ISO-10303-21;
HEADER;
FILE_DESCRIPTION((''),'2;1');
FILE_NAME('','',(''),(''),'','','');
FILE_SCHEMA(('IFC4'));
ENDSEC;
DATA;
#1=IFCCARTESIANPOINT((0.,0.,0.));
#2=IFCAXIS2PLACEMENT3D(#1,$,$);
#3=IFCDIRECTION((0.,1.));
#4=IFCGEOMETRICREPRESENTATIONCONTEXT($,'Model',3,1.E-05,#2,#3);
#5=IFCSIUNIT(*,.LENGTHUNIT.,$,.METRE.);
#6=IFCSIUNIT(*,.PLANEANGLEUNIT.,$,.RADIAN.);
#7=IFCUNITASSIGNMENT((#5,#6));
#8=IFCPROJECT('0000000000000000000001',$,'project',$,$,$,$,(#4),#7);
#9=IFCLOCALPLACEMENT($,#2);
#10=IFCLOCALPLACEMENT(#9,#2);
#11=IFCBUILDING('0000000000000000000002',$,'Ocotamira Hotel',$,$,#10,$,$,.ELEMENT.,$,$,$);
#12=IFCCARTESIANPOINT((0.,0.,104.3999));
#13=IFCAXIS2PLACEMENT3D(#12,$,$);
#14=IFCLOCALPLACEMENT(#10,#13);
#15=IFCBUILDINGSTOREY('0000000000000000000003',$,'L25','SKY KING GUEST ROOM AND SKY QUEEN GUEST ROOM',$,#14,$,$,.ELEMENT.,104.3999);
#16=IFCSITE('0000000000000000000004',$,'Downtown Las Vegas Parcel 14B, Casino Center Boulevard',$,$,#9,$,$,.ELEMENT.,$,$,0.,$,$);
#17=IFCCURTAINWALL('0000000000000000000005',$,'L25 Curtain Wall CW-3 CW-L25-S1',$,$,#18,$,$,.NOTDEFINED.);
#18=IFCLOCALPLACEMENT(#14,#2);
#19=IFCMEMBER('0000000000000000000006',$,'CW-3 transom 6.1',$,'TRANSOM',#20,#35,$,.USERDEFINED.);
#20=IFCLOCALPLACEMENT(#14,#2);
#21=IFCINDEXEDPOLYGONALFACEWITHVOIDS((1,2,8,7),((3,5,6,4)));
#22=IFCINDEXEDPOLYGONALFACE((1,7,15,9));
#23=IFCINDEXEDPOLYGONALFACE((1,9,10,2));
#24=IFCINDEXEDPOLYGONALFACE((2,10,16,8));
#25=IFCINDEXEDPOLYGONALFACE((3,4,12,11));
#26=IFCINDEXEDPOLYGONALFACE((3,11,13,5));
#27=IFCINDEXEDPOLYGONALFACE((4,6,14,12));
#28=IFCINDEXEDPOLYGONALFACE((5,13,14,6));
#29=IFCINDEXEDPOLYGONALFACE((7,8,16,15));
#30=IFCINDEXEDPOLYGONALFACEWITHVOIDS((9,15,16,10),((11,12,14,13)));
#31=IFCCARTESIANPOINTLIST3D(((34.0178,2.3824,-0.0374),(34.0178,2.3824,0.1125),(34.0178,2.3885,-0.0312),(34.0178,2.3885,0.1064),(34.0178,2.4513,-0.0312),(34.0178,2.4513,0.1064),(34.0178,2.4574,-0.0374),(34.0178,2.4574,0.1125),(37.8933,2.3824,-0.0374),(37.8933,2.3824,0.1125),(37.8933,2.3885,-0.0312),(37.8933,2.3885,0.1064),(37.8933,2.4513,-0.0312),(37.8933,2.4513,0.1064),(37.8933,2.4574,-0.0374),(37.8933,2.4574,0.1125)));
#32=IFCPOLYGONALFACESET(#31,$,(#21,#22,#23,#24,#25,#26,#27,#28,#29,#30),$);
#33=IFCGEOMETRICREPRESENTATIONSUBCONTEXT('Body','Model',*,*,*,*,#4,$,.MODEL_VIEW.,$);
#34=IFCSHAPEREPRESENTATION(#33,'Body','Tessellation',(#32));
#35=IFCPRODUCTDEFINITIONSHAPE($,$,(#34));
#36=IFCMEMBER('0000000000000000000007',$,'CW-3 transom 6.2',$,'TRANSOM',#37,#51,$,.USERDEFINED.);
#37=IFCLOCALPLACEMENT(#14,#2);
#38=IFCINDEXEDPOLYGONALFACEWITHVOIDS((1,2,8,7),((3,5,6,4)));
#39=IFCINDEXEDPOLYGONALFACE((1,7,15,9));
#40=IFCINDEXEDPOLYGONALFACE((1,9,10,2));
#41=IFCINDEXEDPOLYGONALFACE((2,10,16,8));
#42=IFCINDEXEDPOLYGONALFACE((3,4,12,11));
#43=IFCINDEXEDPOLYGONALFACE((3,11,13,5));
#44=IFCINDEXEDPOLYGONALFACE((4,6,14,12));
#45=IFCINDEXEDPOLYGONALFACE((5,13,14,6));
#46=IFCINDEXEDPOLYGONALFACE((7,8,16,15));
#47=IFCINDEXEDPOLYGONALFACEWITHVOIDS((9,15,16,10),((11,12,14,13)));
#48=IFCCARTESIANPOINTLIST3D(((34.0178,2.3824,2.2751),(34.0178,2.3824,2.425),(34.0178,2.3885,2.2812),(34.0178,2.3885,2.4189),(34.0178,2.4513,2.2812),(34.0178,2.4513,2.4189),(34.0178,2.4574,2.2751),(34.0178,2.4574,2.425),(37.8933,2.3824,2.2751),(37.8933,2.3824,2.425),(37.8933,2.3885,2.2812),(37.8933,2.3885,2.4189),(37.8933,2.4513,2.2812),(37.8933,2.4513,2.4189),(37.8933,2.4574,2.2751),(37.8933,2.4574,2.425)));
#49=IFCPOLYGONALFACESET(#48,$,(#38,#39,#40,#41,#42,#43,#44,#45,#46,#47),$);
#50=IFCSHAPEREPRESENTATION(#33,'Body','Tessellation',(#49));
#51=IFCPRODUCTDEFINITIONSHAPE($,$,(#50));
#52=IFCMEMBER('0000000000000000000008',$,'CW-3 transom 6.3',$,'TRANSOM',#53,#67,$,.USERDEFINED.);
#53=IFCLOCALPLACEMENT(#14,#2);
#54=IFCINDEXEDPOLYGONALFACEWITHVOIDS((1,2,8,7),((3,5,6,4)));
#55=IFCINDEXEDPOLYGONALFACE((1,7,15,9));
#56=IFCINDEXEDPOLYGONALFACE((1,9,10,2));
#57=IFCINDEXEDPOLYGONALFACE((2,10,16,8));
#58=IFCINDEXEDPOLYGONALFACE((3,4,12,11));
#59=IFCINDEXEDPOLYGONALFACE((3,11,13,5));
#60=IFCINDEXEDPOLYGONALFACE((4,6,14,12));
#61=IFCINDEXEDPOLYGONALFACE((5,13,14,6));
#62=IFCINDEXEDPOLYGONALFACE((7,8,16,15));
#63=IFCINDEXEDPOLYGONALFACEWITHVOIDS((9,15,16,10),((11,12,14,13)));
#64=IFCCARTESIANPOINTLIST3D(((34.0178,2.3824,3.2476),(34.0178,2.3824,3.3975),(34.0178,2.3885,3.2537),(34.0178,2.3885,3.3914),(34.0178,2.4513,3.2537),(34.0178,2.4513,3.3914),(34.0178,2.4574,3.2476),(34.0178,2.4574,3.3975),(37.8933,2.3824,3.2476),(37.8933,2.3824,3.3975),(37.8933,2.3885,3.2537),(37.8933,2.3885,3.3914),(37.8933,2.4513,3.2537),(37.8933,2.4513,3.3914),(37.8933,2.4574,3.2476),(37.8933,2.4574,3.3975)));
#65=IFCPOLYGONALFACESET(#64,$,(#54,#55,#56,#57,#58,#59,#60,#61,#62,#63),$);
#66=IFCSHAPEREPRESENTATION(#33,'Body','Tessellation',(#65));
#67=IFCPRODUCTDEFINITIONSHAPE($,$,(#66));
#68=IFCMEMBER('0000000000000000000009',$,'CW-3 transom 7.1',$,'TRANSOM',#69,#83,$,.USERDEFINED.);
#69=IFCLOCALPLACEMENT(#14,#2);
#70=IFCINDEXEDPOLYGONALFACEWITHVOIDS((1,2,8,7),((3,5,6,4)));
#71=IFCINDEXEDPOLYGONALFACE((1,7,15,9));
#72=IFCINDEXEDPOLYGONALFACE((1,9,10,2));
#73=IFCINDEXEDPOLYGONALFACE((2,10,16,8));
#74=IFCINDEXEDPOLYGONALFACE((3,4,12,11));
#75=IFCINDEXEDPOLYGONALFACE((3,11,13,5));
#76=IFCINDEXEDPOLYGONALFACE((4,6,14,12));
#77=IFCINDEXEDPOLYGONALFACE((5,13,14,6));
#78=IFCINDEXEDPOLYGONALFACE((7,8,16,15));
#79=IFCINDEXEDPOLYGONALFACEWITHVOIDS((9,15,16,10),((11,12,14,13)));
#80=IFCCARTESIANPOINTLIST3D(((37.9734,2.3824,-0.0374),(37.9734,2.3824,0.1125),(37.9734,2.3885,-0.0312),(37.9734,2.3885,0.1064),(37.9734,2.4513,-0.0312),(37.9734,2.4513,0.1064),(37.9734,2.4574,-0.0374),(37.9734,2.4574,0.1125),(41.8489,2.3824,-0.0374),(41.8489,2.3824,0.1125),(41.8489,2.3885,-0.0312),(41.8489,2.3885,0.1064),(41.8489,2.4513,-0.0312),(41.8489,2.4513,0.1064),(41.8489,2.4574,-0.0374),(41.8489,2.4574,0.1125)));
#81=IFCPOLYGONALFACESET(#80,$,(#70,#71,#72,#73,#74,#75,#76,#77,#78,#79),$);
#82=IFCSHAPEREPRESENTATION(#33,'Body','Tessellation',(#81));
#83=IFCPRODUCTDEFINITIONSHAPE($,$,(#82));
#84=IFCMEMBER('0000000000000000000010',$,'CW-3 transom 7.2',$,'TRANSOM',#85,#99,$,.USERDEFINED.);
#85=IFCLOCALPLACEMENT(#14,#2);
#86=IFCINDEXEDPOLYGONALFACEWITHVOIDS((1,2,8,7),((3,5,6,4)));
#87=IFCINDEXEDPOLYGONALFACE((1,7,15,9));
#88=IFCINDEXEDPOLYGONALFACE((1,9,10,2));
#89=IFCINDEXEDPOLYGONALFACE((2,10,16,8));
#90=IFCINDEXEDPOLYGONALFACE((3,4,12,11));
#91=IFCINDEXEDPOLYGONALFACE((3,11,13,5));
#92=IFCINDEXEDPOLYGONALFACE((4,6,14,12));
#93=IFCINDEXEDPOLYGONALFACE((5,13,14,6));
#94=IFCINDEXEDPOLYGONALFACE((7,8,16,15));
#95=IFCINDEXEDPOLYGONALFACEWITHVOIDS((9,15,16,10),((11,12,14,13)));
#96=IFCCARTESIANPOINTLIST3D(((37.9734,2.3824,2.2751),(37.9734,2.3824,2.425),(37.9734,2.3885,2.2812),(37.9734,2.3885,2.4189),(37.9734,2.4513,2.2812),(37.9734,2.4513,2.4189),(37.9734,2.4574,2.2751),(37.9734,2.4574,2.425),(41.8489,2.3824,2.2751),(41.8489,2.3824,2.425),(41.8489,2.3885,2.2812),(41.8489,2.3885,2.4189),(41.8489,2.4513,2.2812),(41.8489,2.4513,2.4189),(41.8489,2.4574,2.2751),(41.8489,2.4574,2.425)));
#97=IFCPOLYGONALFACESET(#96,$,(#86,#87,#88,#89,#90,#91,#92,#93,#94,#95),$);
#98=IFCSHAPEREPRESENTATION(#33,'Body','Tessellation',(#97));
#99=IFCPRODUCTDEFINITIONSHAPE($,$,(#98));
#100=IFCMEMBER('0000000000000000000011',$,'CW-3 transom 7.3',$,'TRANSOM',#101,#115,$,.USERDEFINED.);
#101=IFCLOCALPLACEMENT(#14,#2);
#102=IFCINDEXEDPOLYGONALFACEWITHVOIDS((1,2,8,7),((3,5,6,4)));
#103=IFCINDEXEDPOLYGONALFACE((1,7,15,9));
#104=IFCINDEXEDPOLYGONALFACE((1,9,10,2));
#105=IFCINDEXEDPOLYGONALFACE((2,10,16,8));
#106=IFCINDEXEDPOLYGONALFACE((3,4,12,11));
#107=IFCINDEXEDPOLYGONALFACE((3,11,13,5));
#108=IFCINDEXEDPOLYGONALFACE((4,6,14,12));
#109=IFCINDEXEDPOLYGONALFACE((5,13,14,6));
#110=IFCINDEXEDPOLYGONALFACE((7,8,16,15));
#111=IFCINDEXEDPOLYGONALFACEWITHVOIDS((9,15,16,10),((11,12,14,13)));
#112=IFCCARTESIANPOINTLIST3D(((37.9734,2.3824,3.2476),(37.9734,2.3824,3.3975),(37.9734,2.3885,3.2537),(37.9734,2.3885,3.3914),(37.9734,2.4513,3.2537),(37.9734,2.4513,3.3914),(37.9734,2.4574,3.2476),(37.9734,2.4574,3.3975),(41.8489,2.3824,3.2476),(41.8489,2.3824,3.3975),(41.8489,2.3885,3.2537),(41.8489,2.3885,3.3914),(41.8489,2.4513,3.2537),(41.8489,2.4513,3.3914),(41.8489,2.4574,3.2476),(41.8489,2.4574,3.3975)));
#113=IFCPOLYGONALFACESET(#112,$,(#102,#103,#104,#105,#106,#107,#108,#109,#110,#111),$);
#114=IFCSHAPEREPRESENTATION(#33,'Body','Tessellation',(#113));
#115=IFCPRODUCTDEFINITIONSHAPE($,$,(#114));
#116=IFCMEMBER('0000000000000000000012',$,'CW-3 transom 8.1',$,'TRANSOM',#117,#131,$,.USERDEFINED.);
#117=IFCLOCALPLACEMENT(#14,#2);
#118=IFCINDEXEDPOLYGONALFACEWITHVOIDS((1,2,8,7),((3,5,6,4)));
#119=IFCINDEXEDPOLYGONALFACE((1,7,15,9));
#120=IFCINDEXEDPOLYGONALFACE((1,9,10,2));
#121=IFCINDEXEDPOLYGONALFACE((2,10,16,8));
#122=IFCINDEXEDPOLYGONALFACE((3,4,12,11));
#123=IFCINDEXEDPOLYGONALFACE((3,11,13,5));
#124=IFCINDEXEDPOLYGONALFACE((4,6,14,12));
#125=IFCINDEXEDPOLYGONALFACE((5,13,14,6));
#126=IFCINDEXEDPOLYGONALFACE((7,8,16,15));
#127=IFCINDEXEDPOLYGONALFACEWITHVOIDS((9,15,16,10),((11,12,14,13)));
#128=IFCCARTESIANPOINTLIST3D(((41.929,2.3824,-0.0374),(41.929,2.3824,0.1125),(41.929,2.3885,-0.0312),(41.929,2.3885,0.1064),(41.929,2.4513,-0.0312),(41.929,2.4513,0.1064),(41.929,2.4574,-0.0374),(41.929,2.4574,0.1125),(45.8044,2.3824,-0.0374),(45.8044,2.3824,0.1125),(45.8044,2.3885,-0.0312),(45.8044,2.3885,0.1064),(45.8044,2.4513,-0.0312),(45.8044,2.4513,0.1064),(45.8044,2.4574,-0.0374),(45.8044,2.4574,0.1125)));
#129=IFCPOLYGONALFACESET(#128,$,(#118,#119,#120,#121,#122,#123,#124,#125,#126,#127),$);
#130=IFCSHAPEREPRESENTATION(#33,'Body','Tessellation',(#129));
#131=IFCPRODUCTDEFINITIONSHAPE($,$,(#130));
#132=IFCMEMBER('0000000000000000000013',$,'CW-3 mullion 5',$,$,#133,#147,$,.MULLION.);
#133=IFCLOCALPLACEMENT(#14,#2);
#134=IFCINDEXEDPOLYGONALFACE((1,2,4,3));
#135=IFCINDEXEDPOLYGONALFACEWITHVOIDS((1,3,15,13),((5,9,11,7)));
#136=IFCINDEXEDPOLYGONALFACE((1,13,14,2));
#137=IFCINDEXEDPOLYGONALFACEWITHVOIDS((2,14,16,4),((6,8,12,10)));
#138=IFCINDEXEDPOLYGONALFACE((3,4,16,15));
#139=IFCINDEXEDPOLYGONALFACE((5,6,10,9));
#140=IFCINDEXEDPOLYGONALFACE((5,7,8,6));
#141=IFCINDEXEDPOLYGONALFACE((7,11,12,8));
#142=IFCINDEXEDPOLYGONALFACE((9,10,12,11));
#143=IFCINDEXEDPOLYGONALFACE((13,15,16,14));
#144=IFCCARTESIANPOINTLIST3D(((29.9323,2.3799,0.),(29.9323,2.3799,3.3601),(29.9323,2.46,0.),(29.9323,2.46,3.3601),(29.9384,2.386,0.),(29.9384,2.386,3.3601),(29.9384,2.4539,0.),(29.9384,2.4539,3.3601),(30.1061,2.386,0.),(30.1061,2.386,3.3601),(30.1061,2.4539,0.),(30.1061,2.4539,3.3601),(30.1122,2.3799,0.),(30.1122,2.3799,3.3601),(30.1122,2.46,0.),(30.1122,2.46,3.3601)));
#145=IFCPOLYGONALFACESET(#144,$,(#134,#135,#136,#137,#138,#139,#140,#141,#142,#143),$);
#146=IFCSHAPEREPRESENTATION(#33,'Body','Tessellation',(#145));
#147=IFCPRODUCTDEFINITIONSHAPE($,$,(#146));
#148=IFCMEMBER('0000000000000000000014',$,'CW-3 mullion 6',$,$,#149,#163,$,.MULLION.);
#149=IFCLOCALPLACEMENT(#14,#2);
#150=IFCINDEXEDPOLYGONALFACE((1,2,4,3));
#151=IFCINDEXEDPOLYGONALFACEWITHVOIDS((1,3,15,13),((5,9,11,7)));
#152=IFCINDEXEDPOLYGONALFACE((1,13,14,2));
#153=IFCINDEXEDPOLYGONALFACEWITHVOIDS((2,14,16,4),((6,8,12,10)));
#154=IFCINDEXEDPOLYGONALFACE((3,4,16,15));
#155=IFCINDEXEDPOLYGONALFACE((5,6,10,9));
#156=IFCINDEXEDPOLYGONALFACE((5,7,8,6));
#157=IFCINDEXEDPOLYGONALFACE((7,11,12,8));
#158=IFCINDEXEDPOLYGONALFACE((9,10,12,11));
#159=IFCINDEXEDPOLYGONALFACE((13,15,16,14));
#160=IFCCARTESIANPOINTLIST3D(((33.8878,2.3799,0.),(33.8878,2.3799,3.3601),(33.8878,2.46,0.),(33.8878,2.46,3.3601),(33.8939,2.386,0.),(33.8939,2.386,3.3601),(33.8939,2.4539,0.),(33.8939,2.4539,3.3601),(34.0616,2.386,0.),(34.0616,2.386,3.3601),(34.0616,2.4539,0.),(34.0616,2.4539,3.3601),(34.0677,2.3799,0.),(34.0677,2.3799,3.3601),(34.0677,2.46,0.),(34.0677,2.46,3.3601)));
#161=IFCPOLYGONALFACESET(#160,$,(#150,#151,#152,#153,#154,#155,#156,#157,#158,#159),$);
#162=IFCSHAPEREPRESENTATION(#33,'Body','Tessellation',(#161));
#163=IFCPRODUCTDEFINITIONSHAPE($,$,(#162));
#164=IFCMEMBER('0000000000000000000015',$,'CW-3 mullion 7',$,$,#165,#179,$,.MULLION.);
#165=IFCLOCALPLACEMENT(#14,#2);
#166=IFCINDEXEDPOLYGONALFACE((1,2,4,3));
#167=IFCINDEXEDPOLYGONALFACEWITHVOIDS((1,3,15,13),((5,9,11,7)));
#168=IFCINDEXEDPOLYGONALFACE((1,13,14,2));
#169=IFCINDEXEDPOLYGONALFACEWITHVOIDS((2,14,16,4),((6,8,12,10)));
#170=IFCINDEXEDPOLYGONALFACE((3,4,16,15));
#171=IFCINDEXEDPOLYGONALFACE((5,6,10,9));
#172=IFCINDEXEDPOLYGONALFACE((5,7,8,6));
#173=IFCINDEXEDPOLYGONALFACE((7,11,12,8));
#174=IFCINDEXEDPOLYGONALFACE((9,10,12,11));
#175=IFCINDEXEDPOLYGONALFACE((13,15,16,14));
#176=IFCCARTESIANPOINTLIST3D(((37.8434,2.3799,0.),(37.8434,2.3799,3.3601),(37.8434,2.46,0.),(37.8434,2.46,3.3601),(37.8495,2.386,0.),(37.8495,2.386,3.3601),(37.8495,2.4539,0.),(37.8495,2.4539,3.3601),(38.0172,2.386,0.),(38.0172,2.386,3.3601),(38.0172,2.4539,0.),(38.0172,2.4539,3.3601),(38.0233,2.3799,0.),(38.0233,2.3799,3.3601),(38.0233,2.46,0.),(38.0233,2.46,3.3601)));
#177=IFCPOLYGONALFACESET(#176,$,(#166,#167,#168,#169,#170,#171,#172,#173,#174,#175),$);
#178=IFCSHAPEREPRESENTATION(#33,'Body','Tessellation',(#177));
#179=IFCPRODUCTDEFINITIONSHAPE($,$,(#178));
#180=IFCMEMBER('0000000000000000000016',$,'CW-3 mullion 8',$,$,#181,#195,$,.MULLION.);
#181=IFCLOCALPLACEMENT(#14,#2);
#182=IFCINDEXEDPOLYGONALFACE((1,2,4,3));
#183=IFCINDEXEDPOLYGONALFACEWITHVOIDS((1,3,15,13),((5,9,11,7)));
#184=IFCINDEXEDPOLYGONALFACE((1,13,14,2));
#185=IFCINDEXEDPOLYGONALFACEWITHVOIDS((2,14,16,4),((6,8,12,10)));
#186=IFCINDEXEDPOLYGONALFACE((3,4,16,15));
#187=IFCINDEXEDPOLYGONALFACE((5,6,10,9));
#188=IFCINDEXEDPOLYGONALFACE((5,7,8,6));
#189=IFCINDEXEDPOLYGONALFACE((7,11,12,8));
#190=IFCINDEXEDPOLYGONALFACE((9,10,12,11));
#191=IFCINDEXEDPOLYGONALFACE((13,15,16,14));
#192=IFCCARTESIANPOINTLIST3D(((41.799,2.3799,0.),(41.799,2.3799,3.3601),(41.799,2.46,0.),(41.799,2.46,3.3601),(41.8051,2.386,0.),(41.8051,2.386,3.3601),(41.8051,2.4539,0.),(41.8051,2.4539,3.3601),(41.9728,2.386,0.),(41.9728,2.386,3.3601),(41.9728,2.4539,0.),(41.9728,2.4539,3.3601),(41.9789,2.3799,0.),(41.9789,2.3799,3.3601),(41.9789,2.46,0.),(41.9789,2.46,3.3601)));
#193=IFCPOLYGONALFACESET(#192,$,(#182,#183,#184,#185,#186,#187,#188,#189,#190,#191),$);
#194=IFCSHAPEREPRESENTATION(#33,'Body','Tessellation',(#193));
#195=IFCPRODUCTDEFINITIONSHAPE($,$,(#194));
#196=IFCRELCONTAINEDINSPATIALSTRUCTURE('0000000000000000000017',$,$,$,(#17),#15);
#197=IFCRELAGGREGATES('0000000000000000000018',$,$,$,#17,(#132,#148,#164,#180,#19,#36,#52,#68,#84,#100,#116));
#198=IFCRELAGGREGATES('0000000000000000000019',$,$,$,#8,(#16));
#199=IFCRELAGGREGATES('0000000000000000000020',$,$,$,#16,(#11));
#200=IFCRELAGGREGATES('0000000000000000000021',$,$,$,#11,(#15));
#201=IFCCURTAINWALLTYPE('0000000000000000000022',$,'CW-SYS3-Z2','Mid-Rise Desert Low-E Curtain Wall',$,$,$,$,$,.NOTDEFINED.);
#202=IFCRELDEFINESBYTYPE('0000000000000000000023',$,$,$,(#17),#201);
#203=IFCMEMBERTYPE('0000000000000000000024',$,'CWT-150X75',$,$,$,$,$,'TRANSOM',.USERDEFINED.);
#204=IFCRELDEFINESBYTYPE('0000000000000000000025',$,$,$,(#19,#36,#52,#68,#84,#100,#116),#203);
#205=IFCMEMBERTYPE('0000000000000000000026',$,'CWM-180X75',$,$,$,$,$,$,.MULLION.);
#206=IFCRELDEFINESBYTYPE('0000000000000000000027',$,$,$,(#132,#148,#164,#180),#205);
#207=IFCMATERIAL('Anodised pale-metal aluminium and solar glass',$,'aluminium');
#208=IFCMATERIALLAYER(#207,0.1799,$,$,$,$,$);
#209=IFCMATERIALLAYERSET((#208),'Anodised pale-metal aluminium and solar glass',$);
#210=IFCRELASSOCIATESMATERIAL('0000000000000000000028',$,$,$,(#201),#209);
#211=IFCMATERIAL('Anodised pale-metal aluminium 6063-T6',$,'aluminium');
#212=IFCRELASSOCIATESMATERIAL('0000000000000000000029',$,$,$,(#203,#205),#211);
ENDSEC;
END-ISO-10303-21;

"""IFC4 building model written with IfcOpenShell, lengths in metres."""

from ifc_helpers import new_model, si_unit, direction, frame, origin, origin_2d, place, context, subcontext, project, spatial, hollow_rectangle, extrude, source, transform, mapped, material, layer, layer_set, material_profile, profile_set, type_object, element, aggregate, save


model = new_model("IFC4")

# Units and contexts
model_context = context("Model", 3, precision=1e-05, world=origin(), true_north=direction((0.0, 1.0)))
body_context = subcontext(model_context, "Body", "Model", "MODEL_VIEW")
ifc_project = project(units=[si_unit("LENGTHUNIT", "METRE"), si_unit("PLANEANGLEUNIT", "RADIAN")], contexts=[model_context])

# Site, building, storey
site_placement = place(None, origin())
site = spatial("IfcSite", under=ifc_project, at=site_placement, Name="Downtown Las Vegas Parcel 14B, Casino Center Boulevard", CompositionType="ELEMENT", RefElevation=0.0)
building_placement = place(site_placement, origin())
building = spatial("IfcBuilding", under=site, at=building_placement, Name="Ocotamira Hotel", CompositionType="ELEMENT")
storey_placement = place(building_placement, frame((0.0, 0.0, 104.3999)))
storey = spatial("IfcBuildingStorey", under=building, at=storey_placement, Name="L25", Description="SKY KING GUEST ROOM AND SKY QUEEN GUEST ROOM", CompositionType="ELEMENT", Elevation=104.3999)

# Curtain wall, members
ifc_material_1 = material(Name="Anodised pale-metal aluminium and solar glass", Category="aluminium")
ifc_layer_1 = layer(ifc_material_1, 0.1799)
ifc_layer_set_1 = layer_set([ifc_layer_1], Name="Anodised pale-metal aluminium and solar glass")
curtain_wall_type = type_object("IfcCurtainWallType", Name="CW-SYS3-Z2", Description="Mid-Rise Desert Low-E Curtain Wall", PredefinedType="NOTDEFINED", material=ifc_layer_set_1)
curtain_wall_placement = place(storey_placement, origin())
curtain_wall = element("IfcCurtainWall", 1, at=curtain_wall_placement, inside=storey, type_object=curtain_wall_type, Name="L25 Curtain Wall CW-3 CW-L25-S1", PredefinedType="NOTDEFINED")
ifc_material_2 = material(Name="Anodised pale-metal aluminium 6063-T6", Category="aluminium")
ifc_material_profile_1 = material_profile(ifc_material_2, hollow_rectangle(XDim=0.075, YDim=0.1499, WallThickness=0.0061, at=origin_2d()), Name="HSS150X75X6")
ifc_profile_set_1 = profile_set([ifc_material_profile_1], Name="Anodised pale-metal aluminium 6063-T6")
member_type_1 = type_object("IfcMemberType", Name="CWT-150X75", ElementType="TRANSOM", PredefinedType="USERDEFINED", material=ifc_profile_set_1)
shared_shape_1 = source(origin(), body_context, "Body", "SweptSolid", [
    extrude(hollow_rectangle(XDim=0.075, YDim=0.1499, WallThickness=0.0061, at=origin_2d()), origin(), (0.0, 0.0, 1.0), 3.8755),
])
member_1_placement = place(storey_placement, frame((34.0178, 2.4199, 0.0376), z_axis=(1.0, 0.0, 0.0), x_axis=(0.0, 1.0, 0.0)))
member_1 = element("IfcMember", 2, at=member_1_placement, type_object=member_type_1, Name="CW-3 transom 6.1", ObjectType="TRANSOM", PredefinedType="USERDEFINED", context=body_context, shape_type="MappedRepresentation", body=[
    mapped(shared_shape_1, transform((0.0, 0.0, 0.0), scale=1.0)),
])
member_2_placement = place(storey_placement, frame((34.0178, 2.4199, 2.3501), z_axis=(1.0, 0.0, 0.0), x_axis=(0.0, 1.0, 0.0)))
member_2 = element("IfcMember", 3, at=member_2_placement, type_object=member_type_1, Name="CW-3 transom 6.2", ObjectType="TRANSOM", PredefinedType="USERDEFINED", context=body_context, shape_type="MappedRepresentation", body=[
    mapped(shared_shape_1, transform((0.0, 0.0, 0.0), scale=1.0)),
])
member_3_placement = place(storey_placement, frame((34.0178, 2.4199, 3.3225), z_axis=(1.0, 0.0, 0.0), x_axis=(0.0, 1.0, 0.0)))
member_3 = element("IfcMember", 4, at=member_3_placement, type_object=member_type_1, Name="CW-3 transom 6.3", ObjectType="TRANSOM", PredefinedType="USERDEFINED", context=body_context, shape_type="MappedRepresentation", body=[
    mapped(shared_shape_1, transform((0.0, 0.0, 0.0), scale=1.0)),
])
member_4_placement = place(storey_placement, frame((37.9734, 2.4199, 0.0376), z_axis=(1.0, 0.0, 0.0), x_axis=(0.0, 1.0, 0.0)))
member_4 = element("IfcMember", 5, at=member_4_placement, type_object=member_type_1, Name="CW-3 transom 7.1", ObjectType="TRANSOM", PredefinedType="USERDEFINED", context=body_context, shape_type="MappedRepresentation", body=[
    mapped(shared_shape_1, transform((0.0, 0.0, 0.0), scale=1.0)),
])
member_5_placement = place(storey_placement, frame((37.9734, 2.4199, 2.3501), z_axis=(1.0, 0.0, 0.0), x_axis=(0.0, 1.0, 0.0)))
member_5 = element("IfcMember", 6, at=member_5_placement, type_object=member_type_1, Name="CW-3 transom 7.2", ObjectType="TRANSOM", PredefinedType="USERDEFINED", context=body_context, shape_type="MappedRepresentation", body=[
    mapped(shared_shape_1, transform((0.0, 0.0, 0.0), scale=1.0)),
])
member_6_placement = place(storey_placement, frame((37.9734, 2.4199, 3.3225), z_axis=(1.0, 0.0, 0.0), x_axis=(0.0, 1.0, 0.0)))
member_6 = element("IfcMember", 7, at=member_6_placement, type_object=member_type_1, Name="CW-3 transom 7.3", ObjectType="TRANSOM", PredefinedType="USERDEFINED", context=body_context, shape_type="MappedRepresentation", body=[
    mapped(shared_shape_1, transform((0.0, 0.0, 0.0), scale=1.0)),
])
member_7_placement = place(storey_placement, frame((41.929, 2.4199, 0.0376), z_axis=(1.0, 0.0, 0.0), x_axis=(0.0, 1.0, 0.0)))
member_7 = element("IfcMember", 8, at=member_7_placement, type_object=member_type_1, Name="CW-3 transom 8.1", ObjectType="TRANSOM", PredefinedType="USERDEFINED", context=body_context, shape_type="MappedRepresentation", body=[
    mapped(shared_shape_1, transform((0.0, 0.0, 0.0), scale=1.0)),
])
ifc_material_profile_2 = material_profile(ifc_material_2, hollow_rectangle(XDim=0.0801, YDim=0.1799, WallThickness=0.0061, at=origin_2d()), Name="HSS180X80X6")
ifc_profile_set_2 = profile_set([ifc_material_profile_2], Name="Anodised pale-metal aluminium 6063-T6")
member_type_2 = type_object("IfcMemberType", Name="CWM-180X75", PredefinedType="MULLION", material=ifc_profile_set_2)
shared_shape_2 = source(origin(), body_context, "Body", "SweptSolid", [
    extrude(hollow_rectangle(XDim=0.0801, YDim=0.1799, WallThickness=0.0061, at=origin_2d()), origin(), (0.0, 0.0, 1.0), 3.3601),
])
member_8_placement = place(storey_placement, frame((30.0222, 2.4199, 0.0), z_axis=(0.0, 0.0, 1.0), x_axis=(0.0, 1.0, 0.0)))
member_8 = element("IfcMember", 9, at=member_8_placement, type_object=member_type_2, Name="CW-3 mullion 5", PredefinedType="MULLION", context=body_context, shape_type="MappedRepresentation", body=[
    mapped(shared_shape_2, transform((0.0, 0.0, 0.0), scale=1.0)),
])
member_9_placement = place(storey_placement, frame((33.9778, 2.4199, 0.0), z_axis=(0.0, 0.0, 1.0), x_axis=(0.0, 1.0, 0.0)))
member_9 = element("IfcMember", 10, at=member_9_placement, type_object=member_type_2, Name="CW-3 mullion 6", PredefinedType="MULLION", context=body_context, shape_type="MappedRepresentation", body=[
    mapped(shared_shape_2, transform((0.0, 0.0, 0.0), scale=1.0)),
])
member_10_placement = place(storey_placement, frame((37.9333, 2.4199, 0.0), z_axis=(0.0, 0.0, 1.0), x_axis=(0.0, 1.0, 0.0)))
member_10 = element("IfcMember", 11, at=member_10_placement, type_object=member_type_2, Name="CW-3 mullion 7", PredefinedType="MULLION", context=body_context, shape_type="MappedRepresentation", body=[
    mapped(shared_shape_2, transform((0.0, 0.0, 0.0), scale=1.0)),
])
member_11_placement = place(storey_placement, frame((41.8889, 2.4199, 0.0), z_axis=(0.0, 0.0, 1.0), x_axis=(0.0, 1.0, 0.0)))
member_11 = element("IfcMember", 12, at=member_11_placement, type_object=member_type_2, Name="CW-3 mullion 8", PredefinedType="MULLION", context=body_context, shape_type="MappedRepresentation", body=[
    mapped(shared_shape_2, transform((0.0, 0.0, 0.0), scale=1.0)),
])

aggregate(curtain_wall, [member_8, member_9, member_10, member_11, member_1, member_2, member_3, member_4, member_5, member_6, member_7])

save(model, "model.ifc")
